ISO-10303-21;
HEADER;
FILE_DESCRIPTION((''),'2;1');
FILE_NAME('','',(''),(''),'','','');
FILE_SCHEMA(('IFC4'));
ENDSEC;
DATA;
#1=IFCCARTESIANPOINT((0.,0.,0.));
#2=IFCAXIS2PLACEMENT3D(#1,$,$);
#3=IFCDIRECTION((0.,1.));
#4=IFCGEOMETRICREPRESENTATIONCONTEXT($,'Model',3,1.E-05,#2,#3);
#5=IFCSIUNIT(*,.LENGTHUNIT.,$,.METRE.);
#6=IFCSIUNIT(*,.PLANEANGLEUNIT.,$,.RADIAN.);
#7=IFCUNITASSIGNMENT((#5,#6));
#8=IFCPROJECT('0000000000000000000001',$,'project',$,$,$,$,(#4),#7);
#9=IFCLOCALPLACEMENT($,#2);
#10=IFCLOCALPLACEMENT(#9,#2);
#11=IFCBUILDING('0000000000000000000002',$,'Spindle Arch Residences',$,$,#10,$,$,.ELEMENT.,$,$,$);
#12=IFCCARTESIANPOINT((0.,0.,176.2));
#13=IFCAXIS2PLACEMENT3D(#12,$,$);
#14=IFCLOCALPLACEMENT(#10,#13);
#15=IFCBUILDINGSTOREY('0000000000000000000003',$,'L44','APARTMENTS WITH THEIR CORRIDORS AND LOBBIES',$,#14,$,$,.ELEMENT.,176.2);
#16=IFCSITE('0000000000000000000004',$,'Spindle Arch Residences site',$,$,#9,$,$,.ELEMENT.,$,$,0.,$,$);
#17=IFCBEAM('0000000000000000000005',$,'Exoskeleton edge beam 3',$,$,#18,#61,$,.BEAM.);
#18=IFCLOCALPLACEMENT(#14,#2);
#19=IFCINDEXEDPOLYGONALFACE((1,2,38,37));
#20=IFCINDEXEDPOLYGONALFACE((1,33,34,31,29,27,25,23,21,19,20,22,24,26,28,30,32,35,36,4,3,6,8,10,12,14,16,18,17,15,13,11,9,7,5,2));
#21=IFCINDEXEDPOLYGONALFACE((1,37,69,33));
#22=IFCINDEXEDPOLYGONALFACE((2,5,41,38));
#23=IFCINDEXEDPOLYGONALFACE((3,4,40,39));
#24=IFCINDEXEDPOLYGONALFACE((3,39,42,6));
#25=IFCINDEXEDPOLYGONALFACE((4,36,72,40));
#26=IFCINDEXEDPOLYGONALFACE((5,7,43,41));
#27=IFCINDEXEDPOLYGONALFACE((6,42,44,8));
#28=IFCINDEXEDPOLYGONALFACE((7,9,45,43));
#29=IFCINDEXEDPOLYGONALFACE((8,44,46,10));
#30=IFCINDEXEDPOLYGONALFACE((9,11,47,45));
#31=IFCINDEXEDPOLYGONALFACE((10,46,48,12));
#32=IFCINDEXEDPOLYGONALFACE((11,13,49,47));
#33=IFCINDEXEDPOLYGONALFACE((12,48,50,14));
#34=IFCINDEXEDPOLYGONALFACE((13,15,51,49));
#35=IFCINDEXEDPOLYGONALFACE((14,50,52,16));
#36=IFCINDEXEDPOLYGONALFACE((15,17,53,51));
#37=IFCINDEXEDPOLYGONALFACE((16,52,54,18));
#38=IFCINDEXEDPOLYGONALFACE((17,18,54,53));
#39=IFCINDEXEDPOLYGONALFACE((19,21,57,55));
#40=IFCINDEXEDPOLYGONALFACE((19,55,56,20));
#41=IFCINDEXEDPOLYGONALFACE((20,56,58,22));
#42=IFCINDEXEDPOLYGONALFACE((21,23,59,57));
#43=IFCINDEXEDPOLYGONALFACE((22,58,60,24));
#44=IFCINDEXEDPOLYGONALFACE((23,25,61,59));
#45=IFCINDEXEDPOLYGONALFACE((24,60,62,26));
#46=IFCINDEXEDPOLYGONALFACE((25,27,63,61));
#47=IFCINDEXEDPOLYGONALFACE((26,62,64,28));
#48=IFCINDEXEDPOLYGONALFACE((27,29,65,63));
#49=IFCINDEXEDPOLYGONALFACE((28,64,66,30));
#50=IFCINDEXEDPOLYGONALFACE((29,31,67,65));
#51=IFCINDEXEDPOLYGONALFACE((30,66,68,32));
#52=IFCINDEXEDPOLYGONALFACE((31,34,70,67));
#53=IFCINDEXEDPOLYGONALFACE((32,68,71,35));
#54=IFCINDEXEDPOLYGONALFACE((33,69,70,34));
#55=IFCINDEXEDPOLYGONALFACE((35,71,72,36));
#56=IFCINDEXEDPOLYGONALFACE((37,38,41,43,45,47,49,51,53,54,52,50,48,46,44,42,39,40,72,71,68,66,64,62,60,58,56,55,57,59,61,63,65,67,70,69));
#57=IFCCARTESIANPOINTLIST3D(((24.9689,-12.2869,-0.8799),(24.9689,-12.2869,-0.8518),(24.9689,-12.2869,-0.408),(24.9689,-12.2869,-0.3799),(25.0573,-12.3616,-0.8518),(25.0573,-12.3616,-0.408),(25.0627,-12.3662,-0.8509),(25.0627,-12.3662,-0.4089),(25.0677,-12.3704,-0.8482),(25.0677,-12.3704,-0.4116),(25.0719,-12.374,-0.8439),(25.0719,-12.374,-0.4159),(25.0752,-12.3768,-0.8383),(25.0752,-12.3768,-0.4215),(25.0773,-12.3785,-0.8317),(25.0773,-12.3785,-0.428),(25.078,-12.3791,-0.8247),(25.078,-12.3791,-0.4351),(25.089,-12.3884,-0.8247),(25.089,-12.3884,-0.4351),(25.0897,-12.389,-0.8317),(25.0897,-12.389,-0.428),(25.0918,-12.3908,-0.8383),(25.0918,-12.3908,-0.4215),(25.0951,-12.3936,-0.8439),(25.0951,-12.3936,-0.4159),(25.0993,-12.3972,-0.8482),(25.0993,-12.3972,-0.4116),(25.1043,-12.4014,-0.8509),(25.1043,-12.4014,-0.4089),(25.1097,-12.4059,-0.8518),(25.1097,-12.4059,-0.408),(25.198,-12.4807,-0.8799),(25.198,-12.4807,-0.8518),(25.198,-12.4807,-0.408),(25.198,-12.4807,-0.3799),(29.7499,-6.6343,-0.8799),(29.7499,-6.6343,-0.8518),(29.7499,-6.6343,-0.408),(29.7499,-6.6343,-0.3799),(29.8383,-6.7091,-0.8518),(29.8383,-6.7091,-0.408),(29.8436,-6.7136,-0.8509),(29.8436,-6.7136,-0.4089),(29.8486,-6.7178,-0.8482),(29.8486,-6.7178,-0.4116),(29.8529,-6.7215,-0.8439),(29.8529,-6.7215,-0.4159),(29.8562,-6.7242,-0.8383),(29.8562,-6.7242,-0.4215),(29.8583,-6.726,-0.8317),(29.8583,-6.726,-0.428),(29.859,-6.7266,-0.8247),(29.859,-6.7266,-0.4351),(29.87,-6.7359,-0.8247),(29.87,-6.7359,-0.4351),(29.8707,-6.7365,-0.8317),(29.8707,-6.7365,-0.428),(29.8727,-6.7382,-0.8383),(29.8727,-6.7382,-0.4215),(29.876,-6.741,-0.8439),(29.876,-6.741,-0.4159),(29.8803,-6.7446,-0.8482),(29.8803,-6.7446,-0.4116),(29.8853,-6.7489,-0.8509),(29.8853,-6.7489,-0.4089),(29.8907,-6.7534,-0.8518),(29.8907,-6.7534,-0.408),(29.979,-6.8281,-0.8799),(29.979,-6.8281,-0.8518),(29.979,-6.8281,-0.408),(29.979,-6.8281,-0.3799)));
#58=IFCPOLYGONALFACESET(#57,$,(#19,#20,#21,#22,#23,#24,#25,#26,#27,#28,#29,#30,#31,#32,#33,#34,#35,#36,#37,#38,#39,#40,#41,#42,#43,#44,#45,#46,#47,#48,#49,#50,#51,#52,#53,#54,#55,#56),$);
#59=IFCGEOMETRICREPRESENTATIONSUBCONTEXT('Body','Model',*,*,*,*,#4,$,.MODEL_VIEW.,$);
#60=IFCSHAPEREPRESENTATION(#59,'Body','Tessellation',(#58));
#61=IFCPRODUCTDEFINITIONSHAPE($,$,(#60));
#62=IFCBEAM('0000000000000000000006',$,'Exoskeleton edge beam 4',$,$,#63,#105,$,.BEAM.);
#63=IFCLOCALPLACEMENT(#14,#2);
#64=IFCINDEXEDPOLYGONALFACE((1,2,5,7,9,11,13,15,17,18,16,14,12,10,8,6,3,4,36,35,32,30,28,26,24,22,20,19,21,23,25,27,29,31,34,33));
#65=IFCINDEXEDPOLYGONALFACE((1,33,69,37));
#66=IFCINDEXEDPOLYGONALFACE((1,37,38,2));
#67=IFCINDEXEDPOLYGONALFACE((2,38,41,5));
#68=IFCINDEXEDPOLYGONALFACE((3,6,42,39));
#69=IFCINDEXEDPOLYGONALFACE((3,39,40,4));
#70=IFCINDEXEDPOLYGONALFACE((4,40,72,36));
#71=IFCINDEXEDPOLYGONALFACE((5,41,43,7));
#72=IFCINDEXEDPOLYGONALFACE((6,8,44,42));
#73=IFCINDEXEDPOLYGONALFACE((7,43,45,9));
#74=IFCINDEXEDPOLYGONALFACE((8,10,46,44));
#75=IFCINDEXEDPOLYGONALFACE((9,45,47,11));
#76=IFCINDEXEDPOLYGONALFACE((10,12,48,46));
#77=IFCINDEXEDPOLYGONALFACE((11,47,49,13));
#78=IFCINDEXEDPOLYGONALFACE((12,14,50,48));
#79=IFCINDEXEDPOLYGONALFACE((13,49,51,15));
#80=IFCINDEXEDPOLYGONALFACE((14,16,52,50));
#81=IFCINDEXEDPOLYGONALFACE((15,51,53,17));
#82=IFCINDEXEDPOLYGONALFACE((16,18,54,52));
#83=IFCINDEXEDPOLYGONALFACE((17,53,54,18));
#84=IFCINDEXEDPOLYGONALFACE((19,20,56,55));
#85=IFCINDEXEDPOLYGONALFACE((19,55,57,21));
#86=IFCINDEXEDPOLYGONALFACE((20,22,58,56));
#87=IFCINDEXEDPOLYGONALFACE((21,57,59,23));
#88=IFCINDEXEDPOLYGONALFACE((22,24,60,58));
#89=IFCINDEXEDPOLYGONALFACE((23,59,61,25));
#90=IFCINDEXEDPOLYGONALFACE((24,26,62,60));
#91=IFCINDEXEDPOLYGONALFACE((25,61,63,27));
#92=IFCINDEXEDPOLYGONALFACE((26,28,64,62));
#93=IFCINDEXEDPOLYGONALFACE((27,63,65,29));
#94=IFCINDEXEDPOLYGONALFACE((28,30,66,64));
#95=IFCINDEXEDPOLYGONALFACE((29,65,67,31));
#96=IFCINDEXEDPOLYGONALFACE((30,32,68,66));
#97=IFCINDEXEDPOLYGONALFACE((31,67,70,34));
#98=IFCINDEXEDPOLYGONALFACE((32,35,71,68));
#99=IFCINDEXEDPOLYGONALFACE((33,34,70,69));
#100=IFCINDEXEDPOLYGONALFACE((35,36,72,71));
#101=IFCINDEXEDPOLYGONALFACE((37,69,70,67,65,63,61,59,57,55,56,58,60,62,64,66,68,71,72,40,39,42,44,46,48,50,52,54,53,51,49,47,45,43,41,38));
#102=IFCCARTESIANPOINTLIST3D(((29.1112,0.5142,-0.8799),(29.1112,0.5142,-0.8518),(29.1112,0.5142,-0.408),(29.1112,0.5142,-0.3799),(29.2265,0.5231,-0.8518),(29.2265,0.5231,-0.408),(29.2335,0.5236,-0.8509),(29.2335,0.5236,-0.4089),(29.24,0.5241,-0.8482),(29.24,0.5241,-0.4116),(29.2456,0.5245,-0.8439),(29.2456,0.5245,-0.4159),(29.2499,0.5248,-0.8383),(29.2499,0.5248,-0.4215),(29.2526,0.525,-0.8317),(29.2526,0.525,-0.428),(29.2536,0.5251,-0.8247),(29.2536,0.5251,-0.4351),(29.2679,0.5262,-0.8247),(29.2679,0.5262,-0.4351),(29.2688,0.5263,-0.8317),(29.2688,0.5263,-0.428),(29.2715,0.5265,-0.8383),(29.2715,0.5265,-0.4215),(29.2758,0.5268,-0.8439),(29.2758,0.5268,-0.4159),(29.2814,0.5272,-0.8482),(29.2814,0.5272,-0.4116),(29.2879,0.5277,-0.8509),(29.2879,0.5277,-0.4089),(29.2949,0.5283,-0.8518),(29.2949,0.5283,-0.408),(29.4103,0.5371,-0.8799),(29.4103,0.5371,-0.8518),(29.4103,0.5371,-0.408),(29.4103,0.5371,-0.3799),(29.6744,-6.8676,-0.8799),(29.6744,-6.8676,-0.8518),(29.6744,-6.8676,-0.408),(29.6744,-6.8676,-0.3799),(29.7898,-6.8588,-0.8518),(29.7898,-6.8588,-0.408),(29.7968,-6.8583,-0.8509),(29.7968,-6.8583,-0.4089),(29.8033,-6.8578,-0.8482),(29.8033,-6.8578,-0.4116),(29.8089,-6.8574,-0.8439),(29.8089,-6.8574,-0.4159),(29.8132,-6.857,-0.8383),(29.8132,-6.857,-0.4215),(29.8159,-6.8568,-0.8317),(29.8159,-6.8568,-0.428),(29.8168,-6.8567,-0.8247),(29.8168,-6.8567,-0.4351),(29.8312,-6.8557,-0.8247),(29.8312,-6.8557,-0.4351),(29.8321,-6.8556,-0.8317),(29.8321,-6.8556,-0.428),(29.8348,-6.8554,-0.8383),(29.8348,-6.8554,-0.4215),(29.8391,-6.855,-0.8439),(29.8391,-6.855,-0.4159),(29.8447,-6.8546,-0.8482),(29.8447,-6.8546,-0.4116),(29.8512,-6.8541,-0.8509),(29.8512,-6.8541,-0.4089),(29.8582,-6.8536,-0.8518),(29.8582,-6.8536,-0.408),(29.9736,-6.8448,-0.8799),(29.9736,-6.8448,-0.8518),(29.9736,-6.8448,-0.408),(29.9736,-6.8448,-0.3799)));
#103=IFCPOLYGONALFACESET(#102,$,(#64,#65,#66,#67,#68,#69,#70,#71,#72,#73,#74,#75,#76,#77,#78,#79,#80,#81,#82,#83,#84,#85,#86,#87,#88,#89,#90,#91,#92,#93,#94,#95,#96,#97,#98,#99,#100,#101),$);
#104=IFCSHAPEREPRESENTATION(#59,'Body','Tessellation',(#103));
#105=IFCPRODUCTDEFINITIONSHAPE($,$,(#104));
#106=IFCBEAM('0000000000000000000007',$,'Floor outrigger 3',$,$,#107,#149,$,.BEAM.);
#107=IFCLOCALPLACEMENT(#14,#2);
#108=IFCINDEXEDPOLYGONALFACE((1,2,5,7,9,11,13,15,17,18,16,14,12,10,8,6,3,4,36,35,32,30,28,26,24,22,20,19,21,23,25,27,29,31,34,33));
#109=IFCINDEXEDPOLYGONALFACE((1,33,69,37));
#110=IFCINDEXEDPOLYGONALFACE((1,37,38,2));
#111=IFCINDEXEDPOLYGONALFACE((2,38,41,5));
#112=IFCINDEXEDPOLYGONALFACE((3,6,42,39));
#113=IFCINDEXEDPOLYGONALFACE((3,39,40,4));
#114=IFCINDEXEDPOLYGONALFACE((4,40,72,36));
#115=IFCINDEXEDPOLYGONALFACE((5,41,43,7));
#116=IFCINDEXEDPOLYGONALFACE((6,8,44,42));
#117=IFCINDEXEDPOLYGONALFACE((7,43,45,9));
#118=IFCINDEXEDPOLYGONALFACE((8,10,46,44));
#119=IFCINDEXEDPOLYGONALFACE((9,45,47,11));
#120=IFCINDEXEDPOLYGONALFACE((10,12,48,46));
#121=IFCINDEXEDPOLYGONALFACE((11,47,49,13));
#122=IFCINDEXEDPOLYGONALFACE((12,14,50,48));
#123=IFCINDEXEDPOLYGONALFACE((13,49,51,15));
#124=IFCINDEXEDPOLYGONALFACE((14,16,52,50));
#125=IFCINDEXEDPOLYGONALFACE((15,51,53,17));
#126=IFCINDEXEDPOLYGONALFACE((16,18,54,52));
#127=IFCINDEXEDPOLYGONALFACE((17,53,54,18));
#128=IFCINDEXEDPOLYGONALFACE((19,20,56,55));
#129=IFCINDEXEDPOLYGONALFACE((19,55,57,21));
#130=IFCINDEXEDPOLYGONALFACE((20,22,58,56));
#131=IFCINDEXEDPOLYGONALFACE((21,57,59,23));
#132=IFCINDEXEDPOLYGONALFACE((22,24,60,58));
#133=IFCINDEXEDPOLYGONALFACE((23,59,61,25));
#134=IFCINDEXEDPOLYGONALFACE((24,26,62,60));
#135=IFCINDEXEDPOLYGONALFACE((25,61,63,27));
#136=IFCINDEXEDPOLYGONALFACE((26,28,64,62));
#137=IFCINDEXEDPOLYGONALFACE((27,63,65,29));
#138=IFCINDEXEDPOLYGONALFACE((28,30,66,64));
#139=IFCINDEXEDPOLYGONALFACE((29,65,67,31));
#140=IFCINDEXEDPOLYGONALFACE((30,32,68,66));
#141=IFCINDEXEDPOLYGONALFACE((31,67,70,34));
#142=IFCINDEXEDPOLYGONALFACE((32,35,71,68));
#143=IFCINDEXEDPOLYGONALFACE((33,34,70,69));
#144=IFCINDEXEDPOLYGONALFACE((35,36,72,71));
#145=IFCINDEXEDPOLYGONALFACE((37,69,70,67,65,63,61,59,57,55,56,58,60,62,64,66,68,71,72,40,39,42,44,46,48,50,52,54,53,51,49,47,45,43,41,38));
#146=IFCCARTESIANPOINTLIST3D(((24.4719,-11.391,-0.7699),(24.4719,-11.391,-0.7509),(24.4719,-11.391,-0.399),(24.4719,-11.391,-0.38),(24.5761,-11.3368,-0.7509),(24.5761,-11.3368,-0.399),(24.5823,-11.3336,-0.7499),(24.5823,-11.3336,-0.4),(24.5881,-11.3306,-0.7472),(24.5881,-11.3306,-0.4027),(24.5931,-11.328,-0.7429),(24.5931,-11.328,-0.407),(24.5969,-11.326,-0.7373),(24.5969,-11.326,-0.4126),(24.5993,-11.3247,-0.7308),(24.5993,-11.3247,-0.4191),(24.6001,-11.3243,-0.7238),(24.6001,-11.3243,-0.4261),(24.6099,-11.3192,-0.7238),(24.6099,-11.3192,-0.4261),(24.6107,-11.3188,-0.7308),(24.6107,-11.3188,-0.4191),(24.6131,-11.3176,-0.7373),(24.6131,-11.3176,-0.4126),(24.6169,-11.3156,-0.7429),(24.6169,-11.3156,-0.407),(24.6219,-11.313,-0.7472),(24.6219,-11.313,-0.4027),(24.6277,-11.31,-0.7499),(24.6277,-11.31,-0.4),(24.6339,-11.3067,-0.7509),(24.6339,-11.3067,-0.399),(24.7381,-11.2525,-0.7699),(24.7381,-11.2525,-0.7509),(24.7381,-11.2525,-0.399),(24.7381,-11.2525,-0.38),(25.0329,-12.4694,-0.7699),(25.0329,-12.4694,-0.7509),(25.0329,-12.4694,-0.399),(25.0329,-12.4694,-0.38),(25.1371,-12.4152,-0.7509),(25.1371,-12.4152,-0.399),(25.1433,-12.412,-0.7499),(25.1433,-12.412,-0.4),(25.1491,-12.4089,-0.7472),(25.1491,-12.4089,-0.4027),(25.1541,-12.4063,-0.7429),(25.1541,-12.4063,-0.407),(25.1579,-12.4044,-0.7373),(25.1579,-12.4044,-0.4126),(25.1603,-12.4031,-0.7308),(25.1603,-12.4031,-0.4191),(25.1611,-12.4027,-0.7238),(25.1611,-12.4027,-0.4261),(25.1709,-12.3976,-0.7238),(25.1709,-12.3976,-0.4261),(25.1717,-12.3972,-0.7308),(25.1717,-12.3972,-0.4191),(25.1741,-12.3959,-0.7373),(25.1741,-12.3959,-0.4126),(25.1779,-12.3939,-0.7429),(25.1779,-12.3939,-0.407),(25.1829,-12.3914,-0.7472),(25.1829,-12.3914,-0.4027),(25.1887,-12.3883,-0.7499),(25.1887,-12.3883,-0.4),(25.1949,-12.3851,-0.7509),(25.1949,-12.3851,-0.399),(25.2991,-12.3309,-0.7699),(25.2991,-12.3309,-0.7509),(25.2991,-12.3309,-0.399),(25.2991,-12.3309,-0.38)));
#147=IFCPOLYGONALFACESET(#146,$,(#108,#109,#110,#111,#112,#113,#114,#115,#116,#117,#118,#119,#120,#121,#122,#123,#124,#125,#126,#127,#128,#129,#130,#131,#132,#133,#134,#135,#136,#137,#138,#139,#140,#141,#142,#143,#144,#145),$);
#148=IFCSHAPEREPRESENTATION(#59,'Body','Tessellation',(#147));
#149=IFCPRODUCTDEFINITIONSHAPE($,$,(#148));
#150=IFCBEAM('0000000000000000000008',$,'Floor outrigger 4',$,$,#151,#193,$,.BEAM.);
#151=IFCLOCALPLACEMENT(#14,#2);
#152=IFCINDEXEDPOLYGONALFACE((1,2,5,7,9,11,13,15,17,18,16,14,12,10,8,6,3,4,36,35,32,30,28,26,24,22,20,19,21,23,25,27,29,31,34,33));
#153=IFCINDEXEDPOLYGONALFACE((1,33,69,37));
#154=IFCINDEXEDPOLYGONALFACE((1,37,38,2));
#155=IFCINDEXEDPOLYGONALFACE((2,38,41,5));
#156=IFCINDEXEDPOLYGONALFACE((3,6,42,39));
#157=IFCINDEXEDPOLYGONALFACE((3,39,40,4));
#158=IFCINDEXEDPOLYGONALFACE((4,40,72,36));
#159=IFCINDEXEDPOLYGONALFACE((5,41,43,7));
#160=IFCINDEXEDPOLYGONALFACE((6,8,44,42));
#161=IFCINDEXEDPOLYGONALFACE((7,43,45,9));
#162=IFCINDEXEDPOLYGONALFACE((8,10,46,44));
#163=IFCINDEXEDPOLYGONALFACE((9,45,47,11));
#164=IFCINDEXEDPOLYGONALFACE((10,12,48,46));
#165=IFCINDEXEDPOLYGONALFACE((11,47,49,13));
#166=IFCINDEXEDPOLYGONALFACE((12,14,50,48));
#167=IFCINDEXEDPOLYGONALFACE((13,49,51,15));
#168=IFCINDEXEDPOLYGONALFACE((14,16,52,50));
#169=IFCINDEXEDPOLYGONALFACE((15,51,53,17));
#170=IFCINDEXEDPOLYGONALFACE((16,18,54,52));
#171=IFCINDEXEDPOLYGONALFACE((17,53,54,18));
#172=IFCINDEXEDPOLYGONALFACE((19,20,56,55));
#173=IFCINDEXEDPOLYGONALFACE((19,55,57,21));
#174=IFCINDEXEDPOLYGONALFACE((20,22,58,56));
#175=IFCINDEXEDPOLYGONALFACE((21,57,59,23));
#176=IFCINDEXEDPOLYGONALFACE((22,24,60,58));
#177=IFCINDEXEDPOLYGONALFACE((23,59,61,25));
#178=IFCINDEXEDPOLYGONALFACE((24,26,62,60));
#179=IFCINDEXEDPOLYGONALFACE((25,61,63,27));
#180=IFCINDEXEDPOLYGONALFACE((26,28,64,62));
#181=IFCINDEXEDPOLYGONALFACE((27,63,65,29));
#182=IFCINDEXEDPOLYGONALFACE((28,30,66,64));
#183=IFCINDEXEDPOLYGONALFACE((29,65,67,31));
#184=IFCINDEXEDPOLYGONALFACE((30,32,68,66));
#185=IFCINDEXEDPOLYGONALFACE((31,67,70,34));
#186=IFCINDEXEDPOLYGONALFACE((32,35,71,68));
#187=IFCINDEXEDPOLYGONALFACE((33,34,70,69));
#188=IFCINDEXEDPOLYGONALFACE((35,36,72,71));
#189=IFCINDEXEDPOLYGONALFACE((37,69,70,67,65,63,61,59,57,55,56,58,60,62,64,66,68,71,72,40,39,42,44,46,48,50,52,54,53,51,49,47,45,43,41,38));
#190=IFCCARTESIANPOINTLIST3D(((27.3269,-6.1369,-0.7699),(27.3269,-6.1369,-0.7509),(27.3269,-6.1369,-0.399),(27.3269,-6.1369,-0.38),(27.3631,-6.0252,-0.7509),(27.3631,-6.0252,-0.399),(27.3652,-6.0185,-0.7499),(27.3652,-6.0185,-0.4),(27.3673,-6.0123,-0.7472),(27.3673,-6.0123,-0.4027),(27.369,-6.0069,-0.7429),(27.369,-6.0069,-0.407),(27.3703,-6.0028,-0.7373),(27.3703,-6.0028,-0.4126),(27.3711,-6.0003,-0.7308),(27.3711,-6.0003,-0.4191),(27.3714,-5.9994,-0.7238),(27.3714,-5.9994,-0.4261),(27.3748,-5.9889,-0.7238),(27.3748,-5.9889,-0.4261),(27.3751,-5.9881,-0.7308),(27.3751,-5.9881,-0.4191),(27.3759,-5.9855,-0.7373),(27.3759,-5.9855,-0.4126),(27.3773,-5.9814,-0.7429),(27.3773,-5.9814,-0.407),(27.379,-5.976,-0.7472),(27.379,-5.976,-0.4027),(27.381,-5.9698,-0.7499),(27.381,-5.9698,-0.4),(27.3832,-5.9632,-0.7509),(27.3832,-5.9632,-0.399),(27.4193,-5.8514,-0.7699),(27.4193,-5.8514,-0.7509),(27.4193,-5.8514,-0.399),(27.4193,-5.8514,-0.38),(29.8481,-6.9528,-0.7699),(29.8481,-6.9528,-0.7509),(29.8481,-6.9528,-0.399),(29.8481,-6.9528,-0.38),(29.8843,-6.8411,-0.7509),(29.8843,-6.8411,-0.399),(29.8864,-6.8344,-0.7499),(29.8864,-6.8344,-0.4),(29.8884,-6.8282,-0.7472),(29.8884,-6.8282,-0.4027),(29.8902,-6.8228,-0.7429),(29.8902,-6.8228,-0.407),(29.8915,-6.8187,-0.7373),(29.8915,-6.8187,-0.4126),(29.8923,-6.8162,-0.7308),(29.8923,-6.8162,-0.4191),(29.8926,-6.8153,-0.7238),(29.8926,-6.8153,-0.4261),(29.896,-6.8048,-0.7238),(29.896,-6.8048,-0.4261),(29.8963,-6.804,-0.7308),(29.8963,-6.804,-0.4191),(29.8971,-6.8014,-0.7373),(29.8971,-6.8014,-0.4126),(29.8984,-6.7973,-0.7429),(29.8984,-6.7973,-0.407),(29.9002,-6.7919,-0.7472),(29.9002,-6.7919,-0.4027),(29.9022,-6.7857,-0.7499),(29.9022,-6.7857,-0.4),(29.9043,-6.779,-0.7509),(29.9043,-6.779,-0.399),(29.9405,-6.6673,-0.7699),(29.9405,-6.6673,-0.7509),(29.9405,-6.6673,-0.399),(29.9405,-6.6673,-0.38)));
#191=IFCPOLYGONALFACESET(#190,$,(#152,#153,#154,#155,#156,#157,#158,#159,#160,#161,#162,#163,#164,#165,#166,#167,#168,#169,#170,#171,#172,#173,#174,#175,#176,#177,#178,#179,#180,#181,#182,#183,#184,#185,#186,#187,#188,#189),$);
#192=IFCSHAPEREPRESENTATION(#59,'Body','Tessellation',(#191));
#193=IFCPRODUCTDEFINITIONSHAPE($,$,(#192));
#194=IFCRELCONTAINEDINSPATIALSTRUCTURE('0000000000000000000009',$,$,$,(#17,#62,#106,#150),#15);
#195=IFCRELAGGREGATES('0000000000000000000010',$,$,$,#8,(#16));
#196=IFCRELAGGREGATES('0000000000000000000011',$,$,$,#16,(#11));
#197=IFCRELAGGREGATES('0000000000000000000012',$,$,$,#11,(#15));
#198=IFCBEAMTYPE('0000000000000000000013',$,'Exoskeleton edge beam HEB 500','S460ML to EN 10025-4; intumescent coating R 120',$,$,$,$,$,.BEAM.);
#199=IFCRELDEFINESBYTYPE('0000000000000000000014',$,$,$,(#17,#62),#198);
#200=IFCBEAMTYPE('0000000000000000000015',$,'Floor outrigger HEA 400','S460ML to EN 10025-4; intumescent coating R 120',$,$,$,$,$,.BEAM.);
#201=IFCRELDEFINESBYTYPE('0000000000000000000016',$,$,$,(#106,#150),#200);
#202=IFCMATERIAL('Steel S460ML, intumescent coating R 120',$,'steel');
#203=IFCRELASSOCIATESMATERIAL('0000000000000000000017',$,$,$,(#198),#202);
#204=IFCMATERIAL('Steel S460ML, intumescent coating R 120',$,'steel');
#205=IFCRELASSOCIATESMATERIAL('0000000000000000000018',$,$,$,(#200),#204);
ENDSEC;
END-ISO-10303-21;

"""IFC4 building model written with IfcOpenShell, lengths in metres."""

from ifc_helpers import new_model, si_unit, direction, frame, origin, origin_2d, place, context, subcontext, project, spatial, i_section, extrude, material, material_profile, profile_set, type_object, element, save


model = new_model("IFC4")

# Units and contexts
model_context = context("Model", 3, precision=1e-05, world=origin(), true_north=direction((0.0, 1.0)))
body_context = subcontext(model_context, "Body", "Model", "MODEL_VIEW")
ifc_project = project(units=[si_unit("LENGTHUNIT", "METRE"), si_unit("PLANEANGLEUNIT", "RADIAN")], contexts=[model_context])

# Site, building, storey
site_placement = place(None, origin())
site = spatial("IfcSite", under=ifc_project, at=site_placement, Name="Spindle Arch Residences site", CompositionType="ELEMENT", RefElevation=0.0)
building_placement = place(site_placement, origin())
building = spatial("IfcBuilding", under=site, at=building_placement, Name="Spindle Arch Residences", CompositionType="ELEMENT")
storey_placement = place(building_placement, frame((0.0, 0.0, 176.2)))
storey = spatial("IfcBuildingStorey", under=building, at=storey_placement, Name="L44", Description="APARTMENTS WITH THEIR CORRIDORS AND LOBBIES", CompositionType="ELEMENT", Elevation=176.2)

# Beams
ifc_material_1 = material(Name="Steel S460ML, intumescent coating R 120", Category="steel")
ifc_material_profile_1 = material_profile(ifc_material_1, i_section(OverallWidth=0.3, OverallDepth=0.5, WebThickness=0.0144, FlangeThickness=0.0281, FilletRadius=0.0271, at=origin_2d()), Name="HEB 500")
ifc_profile_set_1 = profile_set([ifc_material_profile_1], Name="Steel S460ML, intumescent coating R 120")
beam_type_1 = type_object("IfcBeamType", Name="Exoskeleton edge beam HEB 500", Description="S460ML to EN 10025-4; intumescent coating R 120", PredefinedType="BEAM", material=ifc_profile_set_1)
for number, where, z_axis, x_axis, name in (
    (1, (25.0835, -12.3838, -0.6299), (0.645788, 0.763516, 0.0), (-0.763516, 0.645788, 0.0), "Exoskeleton edge beam 3"),
    (2, (29.824, -6.8562, -0.6299), (-0.076079, 0.997102, 0.0), (-0.997102, -0.076079, 0.0), "Exoskeleton edge beam 4"),
):
    element("IfcBeam", number, at=place(storey_placement, frame(where, z_axis=z_axis, x_axis=x_axis)), inside=storey, type_object=beam_type_1, Name=name, PredefinedType="BEAM", context=body_context, shape_type="SweptSolid", body=[
        extrude(i_section(OverallWidth=0.3, OverallDepth=0.5, WebThickness=0.0144, FlangeThickness=0.0281, FilletRadius=0.0271, at=origin_2d()), origin(), (0.0, 0.0, 1.0), 7.4033),
    ])
ifc_material_2 = material(Name="Steel S460ML, intumescent coating R 120", Category="steel")
ifc_material_profile_2 = material_profile(ifc_material_2, i_section(OverallWidth=0.3, OverallDepth=0.3899, WebThickness=0.011, FlangeThickness=0.019, FilletRadius=0.0271, at=origin_2d()), Name="HEA 400")
ifc_profile_set_2 = profile_set([ifc_material_profile_2], Name="Steel S460ML, intumescent coating R 120")
beam_type_2 = type_object("IfcBeamType", Name="Floor outrigger HEA 400", Description="S460ML to EN 10025-4; intumescent coating R 120", PredefinedType="BEAM", material=ifc_profile_set_2)
beam_1_placement = place(storey_placement, frame((25.166, -12.4001, -0.575), z_axis=(-0.461536, 0.887121, 0.0), x_axis=(-0.887121, -0.461536, 0.0)))
element("IfcBeam", 3, at=beam_1_placement, inside=storey, type_object=beam_type_2, Name="Floor outrigger 3", PredefinedType="BEAM", context=body_context, shape_type="SweptSolid", body=[
    extrude(i_section(OverallWidth=0.3, OverallDepth=0.3899, WebThickness=0.011, FlangeThickness=0.019, FilletRadius=0.0271, at=origin_2d()), origin(), (0.0, 0.0, 1.0), 1.2156),
])
beam_2_placement = place(storey_placement, frame((29.8943, -6.8101, -0.575), z_axis=(-0.95142, 0.307896, 0.0), x_axis=(-0.307896, -0.95142, 0.0)))
element("IfcBeam", 4, at=beam_2_placement, inside=storey, type_object=beam_type_2, Name="Floor outrigger 4", PredefinedType="BEAM", context=body_context, shape_type="SweptSolid", body=[
    extrude(i_section(OverallWidth=0.3, OverallDepth=0.3899, WebThickness=0.011, FlangeThickness=0.019, FilletRadius=0.0271, at=origin_2d()), origin(), (0.0, 0.0, 1.0), 2.6499),
])

save(model, "model.ifc")
